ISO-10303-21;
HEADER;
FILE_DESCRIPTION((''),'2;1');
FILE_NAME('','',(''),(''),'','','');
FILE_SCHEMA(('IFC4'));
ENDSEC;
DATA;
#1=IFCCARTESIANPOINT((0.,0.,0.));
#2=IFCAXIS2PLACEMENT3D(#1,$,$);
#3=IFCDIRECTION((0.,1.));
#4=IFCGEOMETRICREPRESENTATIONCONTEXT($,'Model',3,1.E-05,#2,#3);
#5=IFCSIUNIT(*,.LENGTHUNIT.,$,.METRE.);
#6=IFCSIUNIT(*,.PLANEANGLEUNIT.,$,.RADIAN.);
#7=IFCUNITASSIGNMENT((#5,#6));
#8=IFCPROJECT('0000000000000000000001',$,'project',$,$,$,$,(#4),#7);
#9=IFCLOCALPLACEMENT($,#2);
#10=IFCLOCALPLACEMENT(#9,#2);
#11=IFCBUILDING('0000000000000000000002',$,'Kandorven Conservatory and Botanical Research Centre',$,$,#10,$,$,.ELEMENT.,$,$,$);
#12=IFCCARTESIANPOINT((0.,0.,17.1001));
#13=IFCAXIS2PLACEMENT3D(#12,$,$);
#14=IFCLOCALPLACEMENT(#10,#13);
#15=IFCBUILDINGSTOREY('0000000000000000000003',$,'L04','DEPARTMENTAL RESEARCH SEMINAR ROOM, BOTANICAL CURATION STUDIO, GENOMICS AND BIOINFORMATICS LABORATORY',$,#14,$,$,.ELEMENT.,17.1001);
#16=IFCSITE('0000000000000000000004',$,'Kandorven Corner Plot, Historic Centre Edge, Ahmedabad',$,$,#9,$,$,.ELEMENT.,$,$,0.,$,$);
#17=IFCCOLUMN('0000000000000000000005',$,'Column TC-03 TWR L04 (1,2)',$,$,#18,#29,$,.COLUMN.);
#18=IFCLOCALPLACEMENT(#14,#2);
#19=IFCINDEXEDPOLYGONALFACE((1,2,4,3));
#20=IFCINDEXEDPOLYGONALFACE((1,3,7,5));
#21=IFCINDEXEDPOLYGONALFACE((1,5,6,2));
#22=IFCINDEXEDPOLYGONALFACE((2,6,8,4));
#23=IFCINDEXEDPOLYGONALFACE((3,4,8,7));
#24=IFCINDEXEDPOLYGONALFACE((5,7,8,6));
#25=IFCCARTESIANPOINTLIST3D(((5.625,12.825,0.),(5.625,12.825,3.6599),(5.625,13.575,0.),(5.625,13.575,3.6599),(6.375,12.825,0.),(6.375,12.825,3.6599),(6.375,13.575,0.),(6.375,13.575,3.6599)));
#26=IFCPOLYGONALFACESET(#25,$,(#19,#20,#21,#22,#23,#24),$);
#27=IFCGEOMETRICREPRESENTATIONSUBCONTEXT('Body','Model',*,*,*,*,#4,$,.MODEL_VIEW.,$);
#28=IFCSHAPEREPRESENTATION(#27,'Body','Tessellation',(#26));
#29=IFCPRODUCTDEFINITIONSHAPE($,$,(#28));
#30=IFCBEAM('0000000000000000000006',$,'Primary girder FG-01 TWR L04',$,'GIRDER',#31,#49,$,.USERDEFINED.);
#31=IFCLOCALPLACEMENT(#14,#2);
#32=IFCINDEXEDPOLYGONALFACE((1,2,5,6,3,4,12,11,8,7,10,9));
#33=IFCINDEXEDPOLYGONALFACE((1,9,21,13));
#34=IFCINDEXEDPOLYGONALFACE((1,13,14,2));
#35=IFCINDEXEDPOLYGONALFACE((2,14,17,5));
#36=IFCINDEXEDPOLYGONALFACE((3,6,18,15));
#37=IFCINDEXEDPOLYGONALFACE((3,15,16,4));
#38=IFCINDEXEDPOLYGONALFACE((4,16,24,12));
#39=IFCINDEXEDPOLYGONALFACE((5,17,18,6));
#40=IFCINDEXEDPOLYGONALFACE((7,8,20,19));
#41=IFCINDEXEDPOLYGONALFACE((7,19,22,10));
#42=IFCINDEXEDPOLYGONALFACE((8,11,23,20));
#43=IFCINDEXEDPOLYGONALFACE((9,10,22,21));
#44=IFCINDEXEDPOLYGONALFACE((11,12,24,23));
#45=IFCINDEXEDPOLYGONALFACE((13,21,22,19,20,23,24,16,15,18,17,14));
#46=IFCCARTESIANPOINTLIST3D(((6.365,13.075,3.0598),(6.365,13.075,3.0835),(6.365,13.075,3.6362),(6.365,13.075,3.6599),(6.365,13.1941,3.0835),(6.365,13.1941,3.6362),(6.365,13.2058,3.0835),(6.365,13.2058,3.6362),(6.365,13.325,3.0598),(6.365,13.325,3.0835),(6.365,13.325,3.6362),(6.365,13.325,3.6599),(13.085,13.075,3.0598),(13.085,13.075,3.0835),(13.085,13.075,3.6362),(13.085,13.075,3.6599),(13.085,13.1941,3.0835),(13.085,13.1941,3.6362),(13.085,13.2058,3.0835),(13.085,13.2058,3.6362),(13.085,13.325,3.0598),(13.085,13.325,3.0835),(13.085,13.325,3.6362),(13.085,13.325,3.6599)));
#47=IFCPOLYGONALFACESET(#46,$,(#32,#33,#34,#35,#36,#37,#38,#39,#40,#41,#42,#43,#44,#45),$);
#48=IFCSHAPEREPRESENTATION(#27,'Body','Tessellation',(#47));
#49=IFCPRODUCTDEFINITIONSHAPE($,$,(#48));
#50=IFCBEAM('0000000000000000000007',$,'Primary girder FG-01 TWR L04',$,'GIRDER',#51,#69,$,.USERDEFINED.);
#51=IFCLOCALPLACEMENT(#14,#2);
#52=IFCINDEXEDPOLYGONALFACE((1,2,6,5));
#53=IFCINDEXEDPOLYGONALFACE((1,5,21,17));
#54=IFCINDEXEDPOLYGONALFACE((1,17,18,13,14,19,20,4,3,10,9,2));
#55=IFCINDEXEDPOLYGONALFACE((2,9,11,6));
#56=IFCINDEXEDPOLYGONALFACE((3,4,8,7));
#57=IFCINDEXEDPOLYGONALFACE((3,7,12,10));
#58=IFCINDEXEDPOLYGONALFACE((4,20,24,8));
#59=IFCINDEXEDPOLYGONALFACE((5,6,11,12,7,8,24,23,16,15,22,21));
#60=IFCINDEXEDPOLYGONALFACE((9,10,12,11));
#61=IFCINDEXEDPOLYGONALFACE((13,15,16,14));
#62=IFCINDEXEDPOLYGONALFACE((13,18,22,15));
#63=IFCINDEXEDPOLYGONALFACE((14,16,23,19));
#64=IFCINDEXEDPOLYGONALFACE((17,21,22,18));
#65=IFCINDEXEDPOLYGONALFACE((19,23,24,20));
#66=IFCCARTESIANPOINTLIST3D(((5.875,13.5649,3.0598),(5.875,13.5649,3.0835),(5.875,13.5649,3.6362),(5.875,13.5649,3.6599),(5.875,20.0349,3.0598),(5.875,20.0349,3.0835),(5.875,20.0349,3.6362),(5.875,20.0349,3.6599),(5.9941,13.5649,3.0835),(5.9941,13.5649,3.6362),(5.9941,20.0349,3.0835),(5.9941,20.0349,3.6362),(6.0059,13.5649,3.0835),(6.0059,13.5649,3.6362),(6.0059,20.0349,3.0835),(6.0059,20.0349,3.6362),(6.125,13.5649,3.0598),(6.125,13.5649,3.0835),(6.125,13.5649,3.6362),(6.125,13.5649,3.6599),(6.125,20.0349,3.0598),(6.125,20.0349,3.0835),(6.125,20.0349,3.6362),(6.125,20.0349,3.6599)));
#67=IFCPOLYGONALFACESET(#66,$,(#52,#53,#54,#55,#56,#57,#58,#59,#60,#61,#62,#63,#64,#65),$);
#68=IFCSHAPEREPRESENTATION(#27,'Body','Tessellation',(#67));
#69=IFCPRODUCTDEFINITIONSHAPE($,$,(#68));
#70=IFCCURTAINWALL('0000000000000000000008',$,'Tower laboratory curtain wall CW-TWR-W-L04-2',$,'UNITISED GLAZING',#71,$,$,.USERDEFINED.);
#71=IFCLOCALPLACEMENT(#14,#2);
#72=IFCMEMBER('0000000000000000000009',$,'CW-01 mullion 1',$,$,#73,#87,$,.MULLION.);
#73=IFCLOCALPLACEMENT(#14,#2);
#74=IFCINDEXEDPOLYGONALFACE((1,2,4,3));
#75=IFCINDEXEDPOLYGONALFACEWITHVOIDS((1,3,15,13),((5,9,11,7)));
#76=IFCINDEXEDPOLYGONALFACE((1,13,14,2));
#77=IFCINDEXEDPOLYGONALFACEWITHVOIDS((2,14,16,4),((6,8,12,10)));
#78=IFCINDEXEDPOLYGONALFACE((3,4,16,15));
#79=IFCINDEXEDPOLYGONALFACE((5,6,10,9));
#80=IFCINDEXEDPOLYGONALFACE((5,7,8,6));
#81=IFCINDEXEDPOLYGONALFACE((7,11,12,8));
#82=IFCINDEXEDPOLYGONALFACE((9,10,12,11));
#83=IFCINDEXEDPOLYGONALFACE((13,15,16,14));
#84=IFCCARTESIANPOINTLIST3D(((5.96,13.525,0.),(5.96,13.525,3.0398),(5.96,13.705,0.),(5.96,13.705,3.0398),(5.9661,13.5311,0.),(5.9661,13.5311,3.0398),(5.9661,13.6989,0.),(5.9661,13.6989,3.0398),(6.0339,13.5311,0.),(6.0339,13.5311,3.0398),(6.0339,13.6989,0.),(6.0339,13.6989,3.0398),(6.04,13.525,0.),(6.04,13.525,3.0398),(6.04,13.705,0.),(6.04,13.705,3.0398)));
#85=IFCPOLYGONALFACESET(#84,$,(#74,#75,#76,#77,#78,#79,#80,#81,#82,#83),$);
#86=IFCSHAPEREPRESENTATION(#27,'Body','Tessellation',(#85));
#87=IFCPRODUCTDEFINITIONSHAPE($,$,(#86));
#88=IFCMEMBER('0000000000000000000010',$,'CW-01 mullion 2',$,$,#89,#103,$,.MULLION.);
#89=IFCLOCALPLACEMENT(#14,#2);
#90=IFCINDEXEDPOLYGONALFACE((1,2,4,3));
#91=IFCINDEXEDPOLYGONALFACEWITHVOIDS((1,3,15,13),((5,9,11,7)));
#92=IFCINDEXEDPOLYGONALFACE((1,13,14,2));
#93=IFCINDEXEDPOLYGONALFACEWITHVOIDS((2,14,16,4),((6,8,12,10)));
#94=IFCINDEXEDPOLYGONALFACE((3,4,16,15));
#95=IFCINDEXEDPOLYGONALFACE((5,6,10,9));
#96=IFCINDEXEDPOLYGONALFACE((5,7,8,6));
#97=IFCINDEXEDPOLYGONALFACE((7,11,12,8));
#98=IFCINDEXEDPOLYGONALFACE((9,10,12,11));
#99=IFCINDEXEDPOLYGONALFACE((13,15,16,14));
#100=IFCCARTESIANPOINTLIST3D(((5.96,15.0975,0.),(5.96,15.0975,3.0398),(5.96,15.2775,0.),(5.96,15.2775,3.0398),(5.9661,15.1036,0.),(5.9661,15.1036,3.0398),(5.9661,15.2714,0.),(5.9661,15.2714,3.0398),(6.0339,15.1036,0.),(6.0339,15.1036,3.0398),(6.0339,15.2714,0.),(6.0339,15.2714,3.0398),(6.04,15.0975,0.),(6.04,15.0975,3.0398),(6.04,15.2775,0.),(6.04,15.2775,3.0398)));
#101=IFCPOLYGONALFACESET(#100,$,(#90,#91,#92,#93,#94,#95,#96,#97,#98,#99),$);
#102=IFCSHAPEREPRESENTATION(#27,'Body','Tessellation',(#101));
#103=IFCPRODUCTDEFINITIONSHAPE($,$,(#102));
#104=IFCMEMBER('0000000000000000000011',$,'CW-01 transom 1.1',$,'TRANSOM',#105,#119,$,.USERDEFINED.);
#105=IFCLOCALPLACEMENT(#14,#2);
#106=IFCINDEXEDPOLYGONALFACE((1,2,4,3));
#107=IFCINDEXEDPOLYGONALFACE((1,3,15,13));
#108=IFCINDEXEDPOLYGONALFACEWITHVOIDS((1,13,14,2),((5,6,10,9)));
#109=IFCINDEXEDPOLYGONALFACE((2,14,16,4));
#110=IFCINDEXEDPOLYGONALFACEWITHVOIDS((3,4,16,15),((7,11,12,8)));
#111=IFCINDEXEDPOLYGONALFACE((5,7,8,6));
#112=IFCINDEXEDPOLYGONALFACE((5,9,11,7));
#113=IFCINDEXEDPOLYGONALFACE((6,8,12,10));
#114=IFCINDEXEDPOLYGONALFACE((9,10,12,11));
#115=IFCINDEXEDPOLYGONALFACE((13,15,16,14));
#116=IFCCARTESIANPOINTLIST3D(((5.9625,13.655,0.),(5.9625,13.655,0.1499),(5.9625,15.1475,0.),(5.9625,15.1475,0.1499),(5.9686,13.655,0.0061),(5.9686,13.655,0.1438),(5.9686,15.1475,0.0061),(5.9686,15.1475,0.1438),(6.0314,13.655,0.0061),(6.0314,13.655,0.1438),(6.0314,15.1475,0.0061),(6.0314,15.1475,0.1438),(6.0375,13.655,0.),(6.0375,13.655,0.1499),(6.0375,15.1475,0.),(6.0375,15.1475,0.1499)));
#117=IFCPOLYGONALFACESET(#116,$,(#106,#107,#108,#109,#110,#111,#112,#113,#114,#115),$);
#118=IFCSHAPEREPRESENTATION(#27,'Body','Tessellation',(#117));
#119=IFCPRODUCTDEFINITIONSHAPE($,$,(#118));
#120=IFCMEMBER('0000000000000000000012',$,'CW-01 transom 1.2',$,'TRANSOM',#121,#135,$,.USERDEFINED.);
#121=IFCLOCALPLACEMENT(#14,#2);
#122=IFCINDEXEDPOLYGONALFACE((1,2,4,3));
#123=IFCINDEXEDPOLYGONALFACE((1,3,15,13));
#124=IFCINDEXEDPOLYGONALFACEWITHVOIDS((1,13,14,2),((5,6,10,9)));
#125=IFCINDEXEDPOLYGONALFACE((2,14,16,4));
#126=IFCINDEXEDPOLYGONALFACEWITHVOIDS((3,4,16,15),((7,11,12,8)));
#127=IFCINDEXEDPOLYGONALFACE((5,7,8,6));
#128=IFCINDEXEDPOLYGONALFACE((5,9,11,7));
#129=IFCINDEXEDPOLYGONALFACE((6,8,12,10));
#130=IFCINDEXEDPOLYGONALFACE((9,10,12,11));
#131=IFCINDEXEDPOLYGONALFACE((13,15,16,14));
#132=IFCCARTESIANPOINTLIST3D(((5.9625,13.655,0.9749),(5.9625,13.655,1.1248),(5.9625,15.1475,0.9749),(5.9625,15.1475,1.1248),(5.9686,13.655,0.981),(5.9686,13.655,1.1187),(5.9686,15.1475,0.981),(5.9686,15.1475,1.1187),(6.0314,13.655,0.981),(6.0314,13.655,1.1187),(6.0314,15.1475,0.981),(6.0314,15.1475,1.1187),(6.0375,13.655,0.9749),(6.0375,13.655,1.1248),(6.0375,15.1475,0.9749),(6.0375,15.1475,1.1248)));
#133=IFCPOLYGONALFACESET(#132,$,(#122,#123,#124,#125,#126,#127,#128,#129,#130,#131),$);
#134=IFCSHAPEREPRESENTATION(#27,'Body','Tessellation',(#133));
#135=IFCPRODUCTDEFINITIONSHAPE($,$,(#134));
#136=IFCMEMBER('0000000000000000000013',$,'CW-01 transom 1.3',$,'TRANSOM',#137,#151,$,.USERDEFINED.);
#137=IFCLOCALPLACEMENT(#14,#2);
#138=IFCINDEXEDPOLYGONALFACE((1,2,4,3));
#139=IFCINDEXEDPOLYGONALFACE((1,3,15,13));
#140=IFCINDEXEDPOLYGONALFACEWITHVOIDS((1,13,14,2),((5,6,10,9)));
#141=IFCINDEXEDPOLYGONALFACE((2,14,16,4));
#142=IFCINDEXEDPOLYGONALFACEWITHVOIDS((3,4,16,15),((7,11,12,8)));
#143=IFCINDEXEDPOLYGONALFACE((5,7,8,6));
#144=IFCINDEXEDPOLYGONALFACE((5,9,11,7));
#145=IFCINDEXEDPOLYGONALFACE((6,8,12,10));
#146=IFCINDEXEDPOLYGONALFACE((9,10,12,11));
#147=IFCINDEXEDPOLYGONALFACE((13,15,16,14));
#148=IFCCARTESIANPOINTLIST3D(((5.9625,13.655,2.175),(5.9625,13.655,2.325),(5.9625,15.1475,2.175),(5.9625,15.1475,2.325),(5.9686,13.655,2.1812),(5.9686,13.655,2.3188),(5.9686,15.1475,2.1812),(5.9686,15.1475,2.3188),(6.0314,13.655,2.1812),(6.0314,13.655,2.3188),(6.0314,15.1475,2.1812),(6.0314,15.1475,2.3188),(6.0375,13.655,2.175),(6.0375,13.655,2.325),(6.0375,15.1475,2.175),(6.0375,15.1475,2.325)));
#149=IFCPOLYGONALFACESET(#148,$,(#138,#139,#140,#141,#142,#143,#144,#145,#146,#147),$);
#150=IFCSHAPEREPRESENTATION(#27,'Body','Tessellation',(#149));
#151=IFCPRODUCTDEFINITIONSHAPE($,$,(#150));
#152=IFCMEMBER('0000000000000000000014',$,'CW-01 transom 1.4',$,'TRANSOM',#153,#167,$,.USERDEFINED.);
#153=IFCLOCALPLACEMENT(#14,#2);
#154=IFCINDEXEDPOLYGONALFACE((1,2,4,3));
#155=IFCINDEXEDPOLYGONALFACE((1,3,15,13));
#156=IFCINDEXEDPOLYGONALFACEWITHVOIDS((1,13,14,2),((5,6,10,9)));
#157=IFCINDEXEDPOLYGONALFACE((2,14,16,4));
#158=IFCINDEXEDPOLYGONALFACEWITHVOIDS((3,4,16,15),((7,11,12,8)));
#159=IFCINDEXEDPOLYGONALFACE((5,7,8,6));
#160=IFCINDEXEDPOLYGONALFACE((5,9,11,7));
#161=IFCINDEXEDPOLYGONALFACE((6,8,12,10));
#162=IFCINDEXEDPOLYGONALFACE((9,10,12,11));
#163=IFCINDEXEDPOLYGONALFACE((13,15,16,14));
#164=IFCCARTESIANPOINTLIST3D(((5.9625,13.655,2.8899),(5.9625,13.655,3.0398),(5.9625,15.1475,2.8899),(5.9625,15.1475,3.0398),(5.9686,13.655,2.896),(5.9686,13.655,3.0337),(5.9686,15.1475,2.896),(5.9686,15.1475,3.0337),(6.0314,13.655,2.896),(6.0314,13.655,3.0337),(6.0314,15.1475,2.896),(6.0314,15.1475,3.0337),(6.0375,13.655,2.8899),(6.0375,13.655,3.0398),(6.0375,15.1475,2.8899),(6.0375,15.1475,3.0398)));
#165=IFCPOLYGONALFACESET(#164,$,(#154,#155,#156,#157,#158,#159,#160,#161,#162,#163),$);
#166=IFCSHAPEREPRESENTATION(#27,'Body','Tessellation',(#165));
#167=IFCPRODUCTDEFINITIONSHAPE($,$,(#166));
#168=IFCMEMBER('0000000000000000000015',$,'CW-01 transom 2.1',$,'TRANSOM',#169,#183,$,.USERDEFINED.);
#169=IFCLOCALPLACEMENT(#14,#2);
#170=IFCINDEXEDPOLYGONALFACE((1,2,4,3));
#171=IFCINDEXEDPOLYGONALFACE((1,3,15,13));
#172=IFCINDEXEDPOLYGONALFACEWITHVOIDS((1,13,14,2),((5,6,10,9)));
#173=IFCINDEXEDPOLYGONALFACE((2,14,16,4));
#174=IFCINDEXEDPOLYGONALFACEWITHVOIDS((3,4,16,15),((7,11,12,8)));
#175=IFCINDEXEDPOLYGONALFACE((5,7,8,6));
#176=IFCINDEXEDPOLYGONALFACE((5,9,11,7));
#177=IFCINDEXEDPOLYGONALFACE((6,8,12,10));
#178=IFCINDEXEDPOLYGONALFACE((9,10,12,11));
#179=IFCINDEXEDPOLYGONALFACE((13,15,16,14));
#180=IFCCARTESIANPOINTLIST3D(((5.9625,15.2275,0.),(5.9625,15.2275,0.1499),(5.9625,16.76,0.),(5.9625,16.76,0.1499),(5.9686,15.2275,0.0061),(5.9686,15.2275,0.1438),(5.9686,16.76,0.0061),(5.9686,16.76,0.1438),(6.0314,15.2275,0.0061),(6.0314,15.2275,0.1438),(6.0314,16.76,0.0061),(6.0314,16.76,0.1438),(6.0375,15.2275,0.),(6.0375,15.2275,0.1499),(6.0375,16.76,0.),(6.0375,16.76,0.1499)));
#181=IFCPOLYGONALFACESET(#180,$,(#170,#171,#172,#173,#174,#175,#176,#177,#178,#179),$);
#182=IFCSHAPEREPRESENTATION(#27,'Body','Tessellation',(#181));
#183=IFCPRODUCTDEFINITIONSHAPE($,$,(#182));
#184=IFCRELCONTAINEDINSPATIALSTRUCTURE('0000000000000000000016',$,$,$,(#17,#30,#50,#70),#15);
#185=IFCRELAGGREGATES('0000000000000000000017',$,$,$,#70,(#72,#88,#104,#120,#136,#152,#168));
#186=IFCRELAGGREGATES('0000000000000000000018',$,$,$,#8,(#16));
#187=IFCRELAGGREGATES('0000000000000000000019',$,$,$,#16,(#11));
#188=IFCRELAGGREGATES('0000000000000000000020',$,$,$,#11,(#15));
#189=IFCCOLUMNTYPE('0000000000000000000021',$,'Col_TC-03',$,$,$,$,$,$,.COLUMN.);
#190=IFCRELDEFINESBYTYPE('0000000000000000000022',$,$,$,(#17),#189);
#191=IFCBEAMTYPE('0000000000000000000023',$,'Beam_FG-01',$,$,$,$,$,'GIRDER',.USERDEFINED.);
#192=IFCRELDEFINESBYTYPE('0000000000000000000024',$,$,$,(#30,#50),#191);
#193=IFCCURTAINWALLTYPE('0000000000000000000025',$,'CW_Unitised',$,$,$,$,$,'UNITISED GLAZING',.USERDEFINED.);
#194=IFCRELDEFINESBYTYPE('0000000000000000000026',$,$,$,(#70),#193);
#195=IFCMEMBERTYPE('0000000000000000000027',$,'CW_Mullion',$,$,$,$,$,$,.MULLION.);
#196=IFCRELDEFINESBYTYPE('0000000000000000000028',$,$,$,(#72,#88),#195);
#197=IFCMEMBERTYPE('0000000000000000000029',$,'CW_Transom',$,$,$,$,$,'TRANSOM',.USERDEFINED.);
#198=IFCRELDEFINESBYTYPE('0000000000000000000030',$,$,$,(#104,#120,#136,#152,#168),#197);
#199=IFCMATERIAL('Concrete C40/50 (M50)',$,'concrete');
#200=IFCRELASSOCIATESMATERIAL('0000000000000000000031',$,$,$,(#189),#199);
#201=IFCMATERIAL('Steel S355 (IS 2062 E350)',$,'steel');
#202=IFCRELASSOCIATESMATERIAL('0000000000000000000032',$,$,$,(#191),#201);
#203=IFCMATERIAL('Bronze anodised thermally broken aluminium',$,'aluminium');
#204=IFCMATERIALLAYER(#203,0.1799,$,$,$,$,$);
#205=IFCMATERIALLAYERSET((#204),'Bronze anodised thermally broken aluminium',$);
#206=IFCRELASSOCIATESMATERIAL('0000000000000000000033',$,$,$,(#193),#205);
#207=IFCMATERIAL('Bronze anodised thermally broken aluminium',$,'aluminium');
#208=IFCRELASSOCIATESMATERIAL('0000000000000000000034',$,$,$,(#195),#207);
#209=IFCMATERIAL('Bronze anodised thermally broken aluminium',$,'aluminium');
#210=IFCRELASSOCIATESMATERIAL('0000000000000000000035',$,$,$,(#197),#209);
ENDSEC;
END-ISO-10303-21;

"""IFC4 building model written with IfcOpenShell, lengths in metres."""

from ifc_helpers import new_model, si_unit, direction, frame, origin, origin_2d, place, context, subcontext, project, spatial, rectangle, hollow_rectangle, i_section, extrude, material, layer, layer_set, material_profile, profile_set, type_object, element, aggregate, save


model = new_model("IFC4")

# Units and contexts
model_context = context("Model", 3, precision=1e-05, world=origin(), true_north=direction((0.0, 1.0)))
body_context = subcontext(model_context, "Body", "Model", "MODEL_VIEW")
ifc_project = project(units=[si_unit("LENGTHUNIT", "METRE"), si_unit("PLANEANGLEUNIT", "RADIAN")], contexts=[model_context])

# Site, building, storey
site_placement = place(None, origin())
site = spatial("IfcSite", under=ifc_project, at=site_placement, Name="Kandorven Corner Plot, Historic Centre Edge, Ahmedabad", CompositionType="ELEMENT", RefElevation=0.0)
building_placement = place(site_placement, origin())
building = spatial("IfcBuilding", under=site, at=building_placement, Name="Kandorven Conservatory and Botanical Research Centre", CompositionType="ELEMENT")
storey_placement = place(building_placement, frame((0.0, 0.0, 17.1001)))
storey = spatial("IfcBuildingStorey", under=building, at=storey_placement, Name="L04", Description="DEPARTMENTAL RESEARCH SEMINAR ROOM, BOTANICAL CURATION STUDIO, GENOMICS AND BIOINFORMATICS LABORATORY", CompositionType="ELEMENT", Elevation=17.1001)

# Column
ifc_material_1 = material(Name="Concrete C40/50 (M50)", Category="concrete")
ifc_material_profile_1 = material_profile(ifc_material_1, rectangle(XDim=0.75, YDim=0.75, at=origin_2d()))
ifc_profile_set_1 = profile_set([ifc_material_profile_1], Name="Concrete C40/50 (M50)")
column_type = type_object("IfcColumnType", Name="Col_TC-03", PredefinedType="COLUMN", material=ifc_profile_set_1)
column_placement = place(storey_placement, frame((6.0, 13.2, 0.0), z_axis=(0.0, 0.0, 1.0), x_axis=(1.0, 0.0, 0.0)))
element("IfcColumn", 1, at=column_placement, inside=storey, type_object=column_type, Name="Column TC-03 TWR L04 (1,2)", PredefinedType="COLUMN", context=body_context, shape_type="SweptSolid", body=[
    extrude(rectangle(XDim=0.75, YDim=0.75, at=origin_2d()), origin(), (0.0, 0.0, 1.0), 3.6599),
])

# Beams
ifc_material_2 = material(Name="Steel S355 (IS 2062 E350)", Category="steel")
ifc_material_profile_2 = material_profile(ifc_material_2, i_section(OverallWidth=0.25, OverallDepth=0.6001, WebThickness=0.0117, FlangeThickness=0.0237, at=origin_2d()))
ifc_profile_set_2 = profile_set([ifc_material_profile_2], Name="Steel S355 (IS 2062 E350)")
beam_type = type_object("IfcBeamType", Name="Beam_FG-01", ElementType="GIRDER", PredefinedType="USERDEFINED", material=ifc_profile_set_2)
beam_1_placement = place(storey_placement, frame((6.365, 13.2, 3.3599), z_axis=(1.0, 0.0, 0.0), x_axis=(0.0, 1.0, 0.0)))
element("IfcBeam", 2, at=beam_1_placement, inside=storey, type_object=beam_type, Name="Primary girder FG-01 TWR L04", ObjectType="GIRDER", PredefinedType="USERDEFINED", context=body_context, shape_type="SweptSolid", body=[
    extrude(i_section(OverallWidth=0.25, OverallDepth=0.6001, WebThickness=0.0117, FlangeThickness=0.0237, at=origin_2d()), origin(), (0.0, 0.0, 1.0), 6.72),
])
beam_2_placement = place(storey_placement, frame((6.0, 13.5649, 3.3599), z_axis=(0.0, 1.0, 0.0), x_axis=(-1.0, 0.0, 0.0)))
element("IfcBeam", 3, at=beam_2_placement, inside=storey, type_object=beam_type, Name="Primary girder FG-01 TWR L04", ObjectType="GIRDER", PredefinedType="USERDEFINED", context=body_context, shape_type="SweptSolid", body=[
    extrude(i_section(OverallWidth=0.25, OverallDepth=0.6001, WebThickness=0.0117, FlangeThickness=0.0237, at=origin_2d()), origin(), (0.0, 0.0, 1.0), 6.47),
])

# Curtain wall, members
ifc_material_3 = material(Name="Bronze anodised thermally broken aluminium", Category="aluminium")
ifc_layer_1 = layer(ifc_material_3, 0.1799)
ifc_layer_set_1 = layer_set([ifc_layer_1], Name="Bronze anodised thermally broken aluminium")
curtain_wall_type = type_object("IfcCurtainWallType", Name="CW_Unitised", ElementType="UNITISED GLAZING", PredefinedType="USERDEFINED", material=ifc_layer_set_1)
curtain_wall_placement = place(storey_placement, origin())
curtain_wall = element("IfcCurtainWall", 4, at=curtain_wall_placement, inside=storey, type_object=curtain_wall_type, Name="Tower laboratory curtain wall CW-TWR-W-L04-2", ObjectType="UNITISED GLAZING", PredefinedType="USERDEFINED")
ifc_material_4 = material(Name="Bronze anodised thermally broken aluminium", Category="aluminium")
ifc_material_profile_3 = material_profile(ifc_material_4, hollow_rectangle(XDim=0.0801, YDim=0.1799, WallThickness=0.0061, at=origin_2d()))
ifc_profile_set_3 = profile_set([ifc_material_profile_3], Name="Bronze anodised thermally broken aluminium")
member_type_1 = type_object("IfcMemberType", Name="CW_Mullion", PredefinedType="MULLION", material=ifc_profile_set_3)
member_1_placement = place(storey_placement, frame((6.0, 13.615, 0.0), z_axis=(0.0, 0.0, 1.0), x_axis=(-1.0, 0.0, 0.0)))
member_1 = element("IfcMember", 5, at=member_1_placement, type_object=member_type_1, Name="CW-01 mullion 1", PredefinedType="MULLION", context=body_context, shape_type="SweptSolid", body=[
    extrude(hollow_rectangle(XDim=0.0801, YDim=0.1799, WallThickness=0.0061, at=origin_2d()), origin(), (0.0, 0.0, 1.0), 3.0398),
])
member_2_placement = place(storey_placement, frame((6.0, 15.1875, 0.0), z_axis=(0.0, 0.0, 1.0), x_axis=(-1.0, 0.0, 0.0)))
member_2 = element("IfcMember", 6, at=member_2_placement, type_object=member_type_1, Name="CW-01 mullion 2", PredefinedType="MULLION", context=body_context, shape_type="SweptSolid", body=[
    extrude(hollow_rectangle(XDim=0.0801, YDim=0.1799, WallThickness=0.0061, at=origin_2d()), origin(), (0.0, 0.0, 1.0), 3.0398),
])
ifc_material_5 = material(Name="Bronze anodised thermally broken aluminium", Category="aluminium")
ifc_material_profile_4 = material_profile(ifc_material_5, hollow_rectangle(XDim=0.075, YDim=0.1499, WallThickness=0.0061, at=origin_2d()))
ifc_profile_set_4 = profile_set([ifc_material_profile_4], Name="Bronze anodised thermally broken aluminium")
member_type_2 = type_object("IfcMemberType", Name="CW_Transom", ElementType="TRANSOM", PredefinedType="USERDEFINED", material=ifc_profile_set_4)
member_3_placement = place(storey_placement, frame((6.0, 13.655, 0.075), z_axis=(0.0, 1.0, 0.0), x_axis=(-1.0, 0.0, 0.0)))
member_3 = element("IfcMember", 7, at=member_3_placement, type_object=member_type_2, Name="CW-01 transom 1.1", ObjectType="TRANSOM", PredefinedType="USERDEFINED", context=body_context, shape_type="SweptSolid", body=[
    extrude(hollow_rectangle(XDim=0.075, YDim=0.1499, WallThickness=0.0061, at=origin_2d()), origin(), (0.0, 0.0, 1.0), 1.4924),
])
member_4_placement = place(storey_placement, frame((6.0, 13.655, 1.0498), z_axis=(0.0, 1.0, 0.0), x_axis=(-1.0, 0.0, 0.0)))
member_4 = element("IfcMember", 8, at=member_4_placement, type_object=member_type_2, Name="CW-01 transom 1.2", ObjectType="TRANSOM", PredefinedType="USERDEFINED", context=body_context, shape_type="SweptSolid", body=[
    extrude(hollow_rectangle(XDim=0.075, YDim=0.1499, WallThickness=0.0061, at=origin_2d()), origin(), (0.0, 0.0, 1.0), 1.4924),
])
member_5_placement = place(storey_placement, frame((6.0, 13.655, 2.25), z_axis=(0.0, 1.0, 0.0), x_axis=(-1.0, 0.0, 0.0)))
member_5 = element("IfcMember", 9, at=member_5_placement, type_object=member_type_2, Name="CW-01 transom 1.3", ObjectType="TRANSOM", PredefinedType="USERDEFINED", context=body_context, shape_type="SweptSolid", body=[
    extrude(hollow_rectangle(XDim=0.075, YDim=0.1499, WallThickness=0.0061, at=origin_2d()), origin(), (0.0, 0.0, 1.0), 1.4924),
])
member_6_placement = place(storey_placement, frame((6.0, 13.655, 2.9648), z_axis=(0.0, 1.0, 0.0), x_axis=(-1.0, 0.0, 0.0)))
member_6 = element("IfcMember", 10, at=member_6_placement, type_object=member_type_2, Name="CW-01 transom 1.4", ObjectType="TRANSOM", PredefinedType="USERDEFINED", context=body_context, shape_type="SweptSolid", body=[
    extrude(hollow_rectangle(XDim=0.075, YDim=0.1499, WallThickness=0.0061, at=origin_2d()), origin(), (0.0, 0.0, 1.0), 1.4924),
])
member_7_placement = place(storey_placement, frame((6.0, 15.2275, 0.075), z_axis=(0.0, 1.0, 0.0), x_axis=(-1.0, 0.0, 0.0)))
member_7 = element("IfcMember", 11, at=member_7_placement, type_object=member_type_2, Name="CW-01 transom 2.1", ObjectType="TRANSOM", PredefinedType="USERDEFINED", context=body_context, shape_type="SweptSolid", body=[
    extrude(hollow_rectangle(XDim=0.075, YDim=0.1499, WallThickness=0.0061, at=origin_2d()), origin(), (0.0, 0.0, 1.0), 1.5325),
])

aggregate(curtain_wall, [member_1, member_2, member_3, member_4, member_5, member_6, member_7])

save(model, "model.ifc")
